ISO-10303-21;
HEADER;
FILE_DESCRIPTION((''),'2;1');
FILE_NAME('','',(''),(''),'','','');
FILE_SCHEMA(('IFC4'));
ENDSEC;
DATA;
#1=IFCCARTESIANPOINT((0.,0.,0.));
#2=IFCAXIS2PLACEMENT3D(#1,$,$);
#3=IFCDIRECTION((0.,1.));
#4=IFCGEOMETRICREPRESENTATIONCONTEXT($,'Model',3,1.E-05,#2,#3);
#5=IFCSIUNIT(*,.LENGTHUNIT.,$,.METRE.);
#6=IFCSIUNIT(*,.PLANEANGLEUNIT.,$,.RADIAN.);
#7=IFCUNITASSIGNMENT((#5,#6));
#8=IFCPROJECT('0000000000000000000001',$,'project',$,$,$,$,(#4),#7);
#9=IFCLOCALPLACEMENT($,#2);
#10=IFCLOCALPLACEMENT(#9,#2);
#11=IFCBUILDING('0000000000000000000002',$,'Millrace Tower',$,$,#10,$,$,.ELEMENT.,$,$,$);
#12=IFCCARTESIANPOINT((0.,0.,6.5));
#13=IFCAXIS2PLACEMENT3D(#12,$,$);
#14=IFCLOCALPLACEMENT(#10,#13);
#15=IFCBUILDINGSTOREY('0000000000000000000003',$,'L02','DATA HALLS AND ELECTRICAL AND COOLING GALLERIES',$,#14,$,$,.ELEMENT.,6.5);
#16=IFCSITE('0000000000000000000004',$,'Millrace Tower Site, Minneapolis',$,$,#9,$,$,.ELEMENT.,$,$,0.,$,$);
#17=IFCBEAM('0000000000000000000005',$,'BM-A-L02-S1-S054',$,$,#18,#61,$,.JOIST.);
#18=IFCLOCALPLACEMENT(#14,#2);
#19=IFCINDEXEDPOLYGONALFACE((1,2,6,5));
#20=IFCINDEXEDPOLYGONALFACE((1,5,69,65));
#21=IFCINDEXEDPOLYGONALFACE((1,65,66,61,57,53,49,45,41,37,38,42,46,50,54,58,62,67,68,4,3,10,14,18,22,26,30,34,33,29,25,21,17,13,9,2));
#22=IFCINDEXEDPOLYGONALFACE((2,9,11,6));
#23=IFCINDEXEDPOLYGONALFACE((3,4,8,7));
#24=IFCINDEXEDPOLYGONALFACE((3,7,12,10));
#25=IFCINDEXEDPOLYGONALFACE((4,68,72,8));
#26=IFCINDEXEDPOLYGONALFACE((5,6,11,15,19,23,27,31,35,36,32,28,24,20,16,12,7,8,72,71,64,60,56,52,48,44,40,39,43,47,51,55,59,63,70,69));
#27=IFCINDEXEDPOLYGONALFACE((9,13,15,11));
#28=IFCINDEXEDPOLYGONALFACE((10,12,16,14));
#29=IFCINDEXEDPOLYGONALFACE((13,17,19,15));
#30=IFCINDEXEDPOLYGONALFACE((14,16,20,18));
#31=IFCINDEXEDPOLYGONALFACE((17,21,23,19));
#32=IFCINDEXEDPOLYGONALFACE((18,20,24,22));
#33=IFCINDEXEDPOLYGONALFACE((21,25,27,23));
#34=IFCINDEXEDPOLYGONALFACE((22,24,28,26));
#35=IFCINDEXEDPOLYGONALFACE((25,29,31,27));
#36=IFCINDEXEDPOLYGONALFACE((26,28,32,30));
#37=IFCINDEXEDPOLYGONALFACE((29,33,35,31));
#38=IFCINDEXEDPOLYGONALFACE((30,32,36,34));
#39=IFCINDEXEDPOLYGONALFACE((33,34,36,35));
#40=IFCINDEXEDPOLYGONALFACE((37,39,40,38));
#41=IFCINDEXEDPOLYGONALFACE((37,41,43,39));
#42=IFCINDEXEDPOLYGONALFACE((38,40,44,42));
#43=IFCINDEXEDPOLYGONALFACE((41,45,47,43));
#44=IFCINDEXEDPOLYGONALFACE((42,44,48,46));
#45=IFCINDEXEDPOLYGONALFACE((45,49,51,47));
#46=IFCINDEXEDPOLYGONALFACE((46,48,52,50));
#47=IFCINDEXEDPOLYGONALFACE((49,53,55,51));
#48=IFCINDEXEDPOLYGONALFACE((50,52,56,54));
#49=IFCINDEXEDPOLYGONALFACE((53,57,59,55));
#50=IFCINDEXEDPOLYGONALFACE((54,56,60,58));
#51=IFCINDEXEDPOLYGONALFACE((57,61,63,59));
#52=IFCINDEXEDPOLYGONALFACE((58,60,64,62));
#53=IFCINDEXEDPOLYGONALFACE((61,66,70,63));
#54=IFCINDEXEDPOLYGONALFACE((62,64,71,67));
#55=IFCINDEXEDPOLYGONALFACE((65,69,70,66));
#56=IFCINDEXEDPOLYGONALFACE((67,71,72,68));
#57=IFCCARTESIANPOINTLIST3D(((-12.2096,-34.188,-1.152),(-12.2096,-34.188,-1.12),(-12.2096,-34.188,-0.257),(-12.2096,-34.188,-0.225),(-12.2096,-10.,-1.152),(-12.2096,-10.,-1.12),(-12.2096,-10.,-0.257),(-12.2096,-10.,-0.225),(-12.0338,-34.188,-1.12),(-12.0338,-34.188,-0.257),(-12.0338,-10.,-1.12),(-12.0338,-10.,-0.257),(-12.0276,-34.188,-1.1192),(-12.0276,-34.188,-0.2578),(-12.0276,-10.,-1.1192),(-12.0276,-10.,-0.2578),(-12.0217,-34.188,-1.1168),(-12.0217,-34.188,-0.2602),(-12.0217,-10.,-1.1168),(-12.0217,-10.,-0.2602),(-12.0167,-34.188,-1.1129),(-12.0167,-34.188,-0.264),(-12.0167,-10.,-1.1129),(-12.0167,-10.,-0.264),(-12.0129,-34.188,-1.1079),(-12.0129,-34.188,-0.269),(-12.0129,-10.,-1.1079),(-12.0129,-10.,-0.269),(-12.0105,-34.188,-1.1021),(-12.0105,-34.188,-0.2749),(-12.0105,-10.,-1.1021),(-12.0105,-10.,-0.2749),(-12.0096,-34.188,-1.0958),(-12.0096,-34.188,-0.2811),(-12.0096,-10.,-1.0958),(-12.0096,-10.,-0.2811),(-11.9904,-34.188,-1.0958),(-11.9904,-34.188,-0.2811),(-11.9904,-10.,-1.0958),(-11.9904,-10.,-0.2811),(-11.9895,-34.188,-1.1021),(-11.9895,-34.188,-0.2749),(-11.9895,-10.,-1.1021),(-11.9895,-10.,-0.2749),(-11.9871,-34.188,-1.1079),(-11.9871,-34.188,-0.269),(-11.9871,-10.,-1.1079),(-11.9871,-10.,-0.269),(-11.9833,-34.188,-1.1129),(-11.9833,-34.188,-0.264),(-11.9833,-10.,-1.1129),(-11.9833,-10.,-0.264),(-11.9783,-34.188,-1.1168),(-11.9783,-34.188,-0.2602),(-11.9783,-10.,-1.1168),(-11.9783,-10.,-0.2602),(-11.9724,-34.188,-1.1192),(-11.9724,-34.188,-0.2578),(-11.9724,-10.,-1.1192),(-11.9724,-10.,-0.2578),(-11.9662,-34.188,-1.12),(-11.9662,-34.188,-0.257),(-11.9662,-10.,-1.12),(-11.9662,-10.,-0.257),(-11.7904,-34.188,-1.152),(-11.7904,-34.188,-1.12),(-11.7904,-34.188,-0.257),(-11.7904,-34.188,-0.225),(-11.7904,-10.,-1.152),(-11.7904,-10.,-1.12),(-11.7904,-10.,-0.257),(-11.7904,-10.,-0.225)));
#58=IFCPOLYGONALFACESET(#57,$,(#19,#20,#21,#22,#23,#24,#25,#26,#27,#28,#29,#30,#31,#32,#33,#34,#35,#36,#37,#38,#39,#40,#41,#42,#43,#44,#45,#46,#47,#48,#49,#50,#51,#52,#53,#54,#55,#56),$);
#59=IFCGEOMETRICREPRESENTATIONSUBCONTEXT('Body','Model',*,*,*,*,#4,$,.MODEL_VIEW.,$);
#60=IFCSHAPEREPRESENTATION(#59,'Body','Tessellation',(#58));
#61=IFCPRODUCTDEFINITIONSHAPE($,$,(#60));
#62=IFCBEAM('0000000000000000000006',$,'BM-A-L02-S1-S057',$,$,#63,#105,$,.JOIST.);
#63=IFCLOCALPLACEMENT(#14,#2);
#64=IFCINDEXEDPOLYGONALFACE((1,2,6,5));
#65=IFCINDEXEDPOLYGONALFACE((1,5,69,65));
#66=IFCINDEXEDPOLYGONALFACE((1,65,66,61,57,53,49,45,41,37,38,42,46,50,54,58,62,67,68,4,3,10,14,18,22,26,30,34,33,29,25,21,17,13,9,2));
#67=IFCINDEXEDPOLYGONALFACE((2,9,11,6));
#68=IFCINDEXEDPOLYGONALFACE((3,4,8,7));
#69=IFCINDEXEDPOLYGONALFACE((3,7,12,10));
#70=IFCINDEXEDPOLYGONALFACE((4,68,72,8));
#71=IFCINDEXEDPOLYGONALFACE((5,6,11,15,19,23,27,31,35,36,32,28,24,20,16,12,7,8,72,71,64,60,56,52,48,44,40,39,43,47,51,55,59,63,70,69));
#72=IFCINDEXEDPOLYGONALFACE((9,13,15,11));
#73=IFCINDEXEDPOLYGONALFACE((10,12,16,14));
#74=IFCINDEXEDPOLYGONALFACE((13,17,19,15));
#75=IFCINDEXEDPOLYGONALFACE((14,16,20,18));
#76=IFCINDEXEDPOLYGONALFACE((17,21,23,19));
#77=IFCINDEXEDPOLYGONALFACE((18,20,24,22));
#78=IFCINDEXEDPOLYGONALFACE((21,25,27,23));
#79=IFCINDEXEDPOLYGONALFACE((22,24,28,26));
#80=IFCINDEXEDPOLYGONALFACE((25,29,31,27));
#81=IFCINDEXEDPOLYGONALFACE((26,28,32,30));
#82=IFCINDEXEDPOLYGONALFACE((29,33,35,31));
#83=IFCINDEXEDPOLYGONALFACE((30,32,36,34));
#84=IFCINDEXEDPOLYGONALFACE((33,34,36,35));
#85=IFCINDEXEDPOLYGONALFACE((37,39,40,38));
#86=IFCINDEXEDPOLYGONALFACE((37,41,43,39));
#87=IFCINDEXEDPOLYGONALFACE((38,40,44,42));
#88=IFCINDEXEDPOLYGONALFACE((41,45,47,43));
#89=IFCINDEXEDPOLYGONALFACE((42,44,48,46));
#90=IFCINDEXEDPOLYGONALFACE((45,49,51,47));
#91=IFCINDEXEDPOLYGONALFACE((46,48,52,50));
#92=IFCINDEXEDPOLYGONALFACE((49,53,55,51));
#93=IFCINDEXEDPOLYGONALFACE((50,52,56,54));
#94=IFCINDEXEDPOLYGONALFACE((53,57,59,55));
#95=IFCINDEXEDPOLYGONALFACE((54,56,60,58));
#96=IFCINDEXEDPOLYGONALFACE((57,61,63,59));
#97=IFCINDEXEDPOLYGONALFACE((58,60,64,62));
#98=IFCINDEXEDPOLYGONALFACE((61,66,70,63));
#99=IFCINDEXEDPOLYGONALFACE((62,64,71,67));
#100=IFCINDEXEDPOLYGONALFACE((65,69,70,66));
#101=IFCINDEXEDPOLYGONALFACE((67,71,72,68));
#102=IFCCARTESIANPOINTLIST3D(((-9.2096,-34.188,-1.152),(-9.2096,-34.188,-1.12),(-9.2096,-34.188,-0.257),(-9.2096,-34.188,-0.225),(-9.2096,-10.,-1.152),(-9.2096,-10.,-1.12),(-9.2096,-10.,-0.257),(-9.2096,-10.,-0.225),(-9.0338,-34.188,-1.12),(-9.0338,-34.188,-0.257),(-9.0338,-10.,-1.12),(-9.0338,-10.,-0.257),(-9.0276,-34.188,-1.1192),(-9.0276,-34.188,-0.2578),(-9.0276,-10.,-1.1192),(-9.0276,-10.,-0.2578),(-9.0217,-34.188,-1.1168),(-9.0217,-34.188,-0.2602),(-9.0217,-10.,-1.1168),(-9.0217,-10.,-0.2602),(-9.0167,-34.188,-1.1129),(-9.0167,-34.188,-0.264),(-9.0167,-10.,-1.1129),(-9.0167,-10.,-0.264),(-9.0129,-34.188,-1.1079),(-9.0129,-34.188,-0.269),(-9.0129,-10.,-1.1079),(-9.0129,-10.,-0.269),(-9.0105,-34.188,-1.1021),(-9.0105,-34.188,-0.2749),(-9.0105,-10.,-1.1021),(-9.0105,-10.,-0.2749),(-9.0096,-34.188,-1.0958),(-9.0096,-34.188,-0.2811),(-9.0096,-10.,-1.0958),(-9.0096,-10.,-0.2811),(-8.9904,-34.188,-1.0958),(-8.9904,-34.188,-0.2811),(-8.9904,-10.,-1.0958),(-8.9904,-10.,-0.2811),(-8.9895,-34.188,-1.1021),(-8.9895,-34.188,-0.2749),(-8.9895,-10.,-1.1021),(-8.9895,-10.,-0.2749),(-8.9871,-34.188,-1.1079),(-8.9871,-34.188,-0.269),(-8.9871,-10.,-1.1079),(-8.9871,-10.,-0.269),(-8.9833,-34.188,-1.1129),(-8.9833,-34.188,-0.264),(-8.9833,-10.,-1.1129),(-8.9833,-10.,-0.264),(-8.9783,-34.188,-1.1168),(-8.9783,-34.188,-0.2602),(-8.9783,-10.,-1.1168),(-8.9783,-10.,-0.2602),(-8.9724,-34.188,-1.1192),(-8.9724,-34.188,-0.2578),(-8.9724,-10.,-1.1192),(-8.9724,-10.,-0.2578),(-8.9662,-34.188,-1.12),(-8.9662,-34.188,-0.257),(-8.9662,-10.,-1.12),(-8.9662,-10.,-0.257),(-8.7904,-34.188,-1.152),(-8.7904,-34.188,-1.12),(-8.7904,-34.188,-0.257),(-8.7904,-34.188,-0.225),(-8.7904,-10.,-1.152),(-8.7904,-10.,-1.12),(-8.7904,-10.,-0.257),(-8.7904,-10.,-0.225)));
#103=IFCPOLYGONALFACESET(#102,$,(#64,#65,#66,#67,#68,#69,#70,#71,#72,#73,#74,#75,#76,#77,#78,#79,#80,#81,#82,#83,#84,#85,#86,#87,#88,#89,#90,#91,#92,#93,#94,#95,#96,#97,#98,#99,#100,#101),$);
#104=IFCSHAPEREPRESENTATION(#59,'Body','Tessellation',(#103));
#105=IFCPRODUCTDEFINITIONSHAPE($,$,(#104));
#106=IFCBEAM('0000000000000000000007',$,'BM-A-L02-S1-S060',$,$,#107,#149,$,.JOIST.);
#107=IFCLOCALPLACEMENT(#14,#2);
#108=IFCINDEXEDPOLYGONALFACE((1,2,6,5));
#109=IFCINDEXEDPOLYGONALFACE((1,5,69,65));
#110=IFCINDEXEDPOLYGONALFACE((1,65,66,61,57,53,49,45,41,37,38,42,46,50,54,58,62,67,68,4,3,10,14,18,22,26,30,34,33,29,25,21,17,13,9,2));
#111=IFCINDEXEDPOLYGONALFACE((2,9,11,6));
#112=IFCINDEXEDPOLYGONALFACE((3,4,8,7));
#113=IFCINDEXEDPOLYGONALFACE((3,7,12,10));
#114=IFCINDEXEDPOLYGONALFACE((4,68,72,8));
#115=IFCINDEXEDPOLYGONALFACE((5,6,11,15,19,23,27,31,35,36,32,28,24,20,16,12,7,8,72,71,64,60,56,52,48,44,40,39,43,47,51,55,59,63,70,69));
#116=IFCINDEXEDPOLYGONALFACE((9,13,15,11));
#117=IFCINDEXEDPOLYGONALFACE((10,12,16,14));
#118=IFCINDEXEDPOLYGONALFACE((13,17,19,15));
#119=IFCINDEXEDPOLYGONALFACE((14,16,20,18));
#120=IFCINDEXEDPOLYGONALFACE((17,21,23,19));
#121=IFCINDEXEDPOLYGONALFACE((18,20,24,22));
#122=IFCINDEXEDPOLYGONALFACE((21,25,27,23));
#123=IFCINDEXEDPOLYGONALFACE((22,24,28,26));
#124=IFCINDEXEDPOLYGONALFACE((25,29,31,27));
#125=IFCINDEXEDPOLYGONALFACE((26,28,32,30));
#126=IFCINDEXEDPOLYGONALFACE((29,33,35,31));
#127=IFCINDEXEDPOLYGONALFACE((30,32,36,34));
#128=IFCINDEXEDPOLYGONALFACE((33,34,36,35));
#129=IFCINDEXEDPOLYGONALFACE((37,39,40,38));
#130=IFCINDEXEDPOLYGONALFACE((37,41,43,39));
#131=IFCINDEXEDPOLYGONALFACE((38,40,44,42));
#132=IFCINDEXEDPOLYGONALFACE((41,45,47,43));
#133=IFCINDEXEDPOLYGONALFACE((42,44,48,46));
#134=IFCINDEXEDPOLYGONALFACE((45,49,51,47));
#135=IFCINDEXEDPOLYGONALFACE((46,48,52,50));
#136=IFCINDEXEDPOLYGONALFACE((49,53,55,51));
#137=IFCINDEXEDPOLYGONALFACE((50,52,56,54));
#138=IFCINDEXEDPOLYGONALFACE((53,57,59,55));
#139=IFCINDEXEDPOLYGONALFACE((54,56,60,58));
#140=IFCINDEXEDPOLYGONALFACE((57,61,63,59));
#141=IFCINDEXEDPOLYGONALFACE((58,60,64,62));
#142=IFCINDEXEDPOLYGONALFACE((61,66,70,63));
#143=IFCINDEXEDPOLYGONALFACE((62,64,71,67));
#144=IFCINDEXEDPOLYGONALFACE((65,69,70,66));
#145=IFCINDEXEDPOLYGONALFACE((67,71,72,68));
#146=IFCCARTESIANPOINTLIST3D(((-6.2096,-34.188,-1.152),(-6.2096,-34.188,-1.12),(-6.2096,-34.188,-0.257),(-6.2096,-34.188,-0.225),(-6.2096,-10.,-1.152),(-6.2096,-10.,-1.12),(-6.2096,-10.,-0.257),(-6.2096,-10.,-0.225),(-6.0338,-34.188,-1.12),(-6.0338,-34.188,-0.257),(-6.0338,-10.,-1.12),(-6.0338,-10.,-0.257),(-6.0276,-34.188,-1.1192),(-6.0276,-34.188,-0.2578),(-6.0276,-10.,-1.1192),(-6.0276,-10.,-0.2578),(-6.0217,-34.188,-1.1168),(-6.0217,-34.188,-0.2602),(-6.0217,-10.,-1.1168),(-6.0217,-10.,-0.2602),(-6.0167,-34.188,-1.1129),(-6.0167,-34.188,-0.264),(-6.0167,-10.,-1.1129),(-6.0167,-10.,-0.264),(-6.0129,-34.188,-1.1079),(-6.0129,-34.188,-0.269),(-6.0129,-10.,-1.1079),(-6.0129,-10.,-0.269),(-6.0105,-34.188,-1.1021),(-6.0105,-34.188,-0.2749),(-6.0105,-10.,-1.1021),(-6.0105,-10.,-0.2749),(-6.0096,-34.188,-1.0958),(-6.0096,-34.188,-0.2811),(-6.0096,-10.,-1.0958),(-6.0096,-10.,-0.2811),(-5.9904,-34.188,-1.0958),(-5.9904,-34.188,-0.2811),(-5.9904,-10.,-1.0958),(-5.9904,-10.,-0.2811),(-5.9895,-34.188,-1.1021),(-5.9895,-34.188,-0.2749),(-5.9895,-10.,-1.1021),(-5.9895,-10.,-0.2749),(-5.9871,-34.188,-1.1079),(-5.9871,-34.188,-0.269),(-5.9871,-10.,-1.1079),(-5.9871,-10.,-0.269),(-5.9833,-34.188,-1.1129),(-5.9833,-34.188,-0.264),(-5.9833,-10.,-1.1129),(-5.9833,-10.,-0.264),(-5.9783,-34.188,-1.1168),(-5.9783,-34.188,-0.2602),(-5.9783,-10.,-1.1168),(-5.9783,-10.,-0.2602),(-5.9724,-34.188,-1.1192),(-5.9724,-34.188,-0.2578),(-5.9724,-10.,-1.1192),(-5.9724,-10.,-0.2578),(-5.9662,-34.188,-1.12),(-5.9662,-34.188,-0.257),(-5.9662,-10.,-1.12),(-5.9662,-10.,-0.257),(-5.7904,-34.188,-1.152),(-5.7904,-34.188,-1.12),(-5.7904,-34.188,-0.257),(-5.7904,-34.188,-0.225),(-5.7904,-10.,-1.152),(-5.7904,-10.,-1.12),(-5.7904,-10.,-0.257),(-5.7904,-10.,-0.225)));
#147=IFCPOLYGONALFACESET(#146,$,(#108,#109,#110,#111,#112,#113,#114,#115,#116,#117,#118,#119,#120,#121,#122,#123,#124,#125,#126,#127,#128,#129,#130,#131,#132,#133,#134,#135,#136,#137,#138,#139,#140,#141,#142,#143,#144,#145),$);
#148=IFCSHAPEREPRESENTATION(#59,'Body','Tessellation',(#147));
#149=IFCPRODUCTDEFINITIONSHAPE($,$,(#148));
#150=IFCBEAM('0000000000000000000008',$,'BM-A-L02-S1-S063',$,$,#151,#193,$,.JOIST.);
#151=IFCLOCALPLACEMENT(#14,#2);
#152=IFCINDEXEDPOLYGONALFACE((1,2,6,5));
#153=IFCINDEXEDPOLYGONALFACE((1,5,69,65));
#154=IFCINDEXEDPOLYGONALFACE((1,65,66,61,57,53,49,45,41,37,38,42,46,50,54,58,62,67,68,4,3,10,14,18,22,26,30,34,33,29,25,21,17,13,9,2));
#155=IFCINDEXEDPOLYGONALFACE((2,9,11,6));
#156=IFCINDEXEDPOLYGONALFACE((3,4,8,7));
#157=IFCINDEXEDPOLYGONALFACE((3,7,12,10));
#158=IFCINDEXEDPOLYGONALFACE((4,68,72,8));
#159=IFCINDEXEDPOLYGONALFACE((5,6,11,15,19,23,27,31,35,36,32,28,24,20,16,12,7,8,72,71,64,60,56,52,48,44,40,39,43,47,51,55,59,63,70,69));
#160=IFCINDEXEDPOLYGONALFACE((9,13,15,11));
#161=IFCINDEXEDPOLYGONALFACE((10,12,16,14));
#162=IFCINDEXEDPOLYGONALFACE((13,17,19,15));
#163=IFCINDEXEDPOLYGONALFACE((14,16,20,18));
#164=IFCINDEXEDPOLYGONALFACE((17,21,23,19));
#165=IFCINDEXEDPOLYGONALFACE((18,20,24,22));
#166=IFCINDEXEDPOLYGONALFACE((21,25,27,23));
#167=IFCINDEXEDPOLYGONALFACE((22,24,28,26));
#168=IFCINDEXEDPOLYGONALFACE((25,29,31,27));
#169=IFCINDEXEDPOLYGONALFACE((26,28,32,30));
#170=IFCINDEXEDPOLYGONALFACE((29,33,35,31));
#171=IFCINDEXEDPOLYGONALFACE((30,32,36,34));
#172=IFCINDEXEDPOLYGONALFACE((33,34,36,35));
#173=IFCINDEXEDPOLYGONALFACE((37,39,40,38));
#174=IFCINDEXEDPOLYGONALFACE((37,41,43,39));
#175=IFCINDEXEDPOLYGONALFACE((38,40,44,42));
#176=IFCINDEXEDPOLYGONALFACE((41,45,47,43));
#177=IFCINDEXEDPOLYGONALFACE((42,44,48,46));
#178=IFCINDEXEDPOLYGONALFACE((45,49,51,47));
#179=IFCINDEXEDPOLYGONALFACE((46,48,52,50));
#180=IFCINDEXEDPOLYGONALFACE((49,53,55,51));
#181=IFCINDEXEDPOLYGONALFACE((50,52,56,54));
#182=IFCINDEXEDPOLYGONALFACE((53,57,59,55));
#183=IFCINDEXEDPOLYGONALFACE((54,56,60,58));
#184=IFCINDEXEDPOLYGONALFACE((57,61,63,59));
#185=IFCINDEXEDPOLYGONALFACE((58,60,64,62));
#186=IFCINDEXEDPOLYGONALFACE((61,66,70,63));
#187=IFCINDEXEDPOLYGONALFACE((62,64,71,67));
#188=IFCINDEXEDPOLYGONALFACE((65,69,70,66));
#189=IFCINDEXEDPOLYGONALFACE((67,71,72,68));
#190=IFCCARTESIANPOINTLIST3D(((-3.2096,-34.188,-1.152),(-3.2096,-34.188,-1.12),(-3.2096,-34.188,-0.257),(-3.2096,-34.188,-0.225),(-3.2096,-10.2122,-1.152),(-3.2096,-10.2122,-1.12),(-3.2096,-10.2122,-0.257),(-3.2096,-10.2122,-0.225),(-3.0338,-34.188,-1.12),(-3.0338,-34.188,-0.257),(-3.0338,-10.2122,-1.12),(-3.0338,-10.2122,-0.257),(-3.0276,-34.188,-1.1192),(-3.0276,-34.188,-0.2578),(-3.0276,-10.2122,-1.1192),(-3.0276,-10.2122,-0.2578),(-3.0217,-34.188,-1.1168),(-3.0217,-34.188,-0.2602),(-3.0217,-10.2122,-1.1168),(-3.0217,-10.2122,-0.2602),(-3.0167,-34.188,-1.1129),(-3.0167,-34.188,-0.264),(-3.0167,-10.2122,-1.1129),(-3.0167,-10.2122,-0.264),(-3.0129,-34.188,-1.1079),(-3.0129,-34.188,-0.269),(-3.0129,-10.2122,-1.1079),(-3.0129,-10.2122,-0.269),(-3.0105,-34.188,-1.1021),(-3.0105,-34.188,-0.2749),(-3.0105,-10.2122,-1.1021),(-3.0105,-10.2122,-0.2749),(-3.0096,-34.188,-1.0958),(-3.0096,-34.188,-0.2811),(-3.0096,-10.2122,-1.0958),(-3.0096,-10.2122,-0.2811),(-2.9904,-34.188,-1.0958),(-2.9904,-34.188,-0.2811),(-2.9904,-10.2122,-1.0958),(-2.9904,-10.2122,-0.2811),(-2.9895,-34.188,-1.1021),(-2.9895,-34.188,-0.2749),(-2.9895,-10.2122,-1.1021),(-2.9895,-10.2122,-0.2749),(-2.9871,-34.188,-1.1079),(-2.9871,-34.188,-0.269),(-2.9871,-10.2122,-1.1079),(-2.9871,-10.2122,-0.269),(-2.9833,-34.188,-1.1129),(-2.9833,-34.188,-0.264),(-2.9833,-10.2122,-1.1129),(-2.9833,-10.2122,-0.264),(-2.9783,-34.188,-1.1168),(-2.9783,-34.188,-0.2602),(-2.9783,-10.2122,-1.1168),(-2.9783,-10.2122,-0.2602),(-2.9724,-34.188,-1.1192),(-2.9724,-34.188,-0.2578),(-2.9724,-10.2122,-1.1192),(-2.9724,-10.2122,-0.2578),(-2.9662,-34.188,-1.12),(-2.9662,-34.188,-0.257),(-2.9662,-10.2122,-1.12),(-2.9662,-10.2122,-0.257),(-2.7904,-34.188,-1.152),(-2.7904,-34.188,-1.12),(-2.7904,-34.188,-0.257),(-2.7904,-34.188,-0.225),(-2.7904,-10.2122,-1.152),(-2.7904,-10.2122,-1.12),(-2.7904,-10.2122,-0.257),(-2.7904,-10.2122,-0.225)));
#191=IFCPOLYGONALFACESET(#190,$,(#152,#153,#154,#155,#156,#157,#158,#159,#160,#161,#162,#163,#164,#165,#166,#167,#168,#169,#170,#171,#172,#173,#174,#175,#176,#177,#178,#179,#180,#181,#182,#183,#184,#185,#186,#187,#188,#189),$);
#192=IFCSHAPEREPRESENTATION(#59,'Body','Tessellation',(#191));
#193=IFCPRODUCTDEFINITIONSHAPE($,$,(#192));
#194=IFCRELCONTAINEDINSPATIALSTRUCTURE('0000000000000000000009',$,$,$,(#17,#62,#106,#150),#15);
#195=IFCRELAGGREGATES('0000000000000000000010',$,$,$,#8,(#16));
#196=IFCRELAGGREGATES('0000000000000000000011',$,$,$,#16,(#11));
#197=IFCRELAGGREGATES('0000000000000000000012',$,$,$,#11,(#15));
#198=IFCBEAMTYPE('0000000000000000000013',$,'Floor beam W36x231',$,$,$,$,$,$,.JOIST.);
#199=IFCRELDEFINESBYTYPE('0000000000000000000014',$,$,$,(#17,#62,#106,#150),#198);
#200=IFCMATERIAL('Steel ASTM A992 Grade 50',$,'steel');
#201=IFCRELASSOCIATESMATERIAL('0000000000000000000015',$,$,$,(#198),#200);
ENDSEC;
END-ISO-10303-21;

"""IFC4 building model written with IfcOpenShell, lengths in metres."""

from ifc_helpers import new_model, si_unit, direction, frame, origin, origin_2d, place, context, subcontext, project, spatial, i_section, extrude, material, material_profile, profile_set, type_object, element, save


model = new_model("IFC4")

# Units and contexts
model_context = context("Model", 3, precision=1e-05, world=origin(), true_north=direction((0.0, 1.0)))
body_context = subcontext(model_context, "Body", "Model", "MODEL_VIEW")
ifc_project = project(units=[si_unit("LENGTHUNIT", "METRE"), si_unit("PLANEANGLEUNIT", "RADIAN")], contexts=[model_context])

# Site, building, storey
site_placement = place(None, origin())
site = spatial("IfcSite", under=ifc_project, at=site_placement, Name="Millrace Tower Site, Minneapolis", CompositionType="ELEMENT", RefElevation=0.0)
building_placement = place(site_placement, origin())
building = spatial("IfcBuilding", under=site, at=building_placement, Name="Millrace Tower", CompositionType="ELEMENT")
storey_placement = place(building_placement, frame((0.0, 0.0, 6.5)))
storey = spatial("IfcBuildingStorey", under=building, at=storey_placement, Name="L02", Description="DATA HALLS AND ELECTRICAL AND COOLING GALLERIES", CompositionType="ELEMENT", Elevation=6.5)

# Beams
ifc_material_1 = material(Name="Steel ASTM A992 Grade 50", Category="steel")
ifc_material_profile_1 = material_profile(ifc_material_1, i_section(OverallWidth=0.4192, OverallDepth=0.927, WebThickness=0.0193, FlangeThickness=0.032, FilletRadius=0.0242, at=origin_2d()))
ifc_profile_set_1 = profile_set([ifc_material_profile_1], Name="Steel ASTM A992 Grade 50")
beam_type_1 = type_object("IfcBeamType", Name="Floor beam W36x231", PredefinedType="JOIST", material=ifc_profile_set_1)
for number, where, z_axis, x_axis, name in (
    (1, (-12.0, -34.188, -0.6885), (0.0, 1.0, 0.0), (-1.0, 0.0, 0.0), "BM-A-L02-S1-S054"),
    (2, (-9.0, -34.188, -0.6885), (0.0, 1.0, 0.0), (-1.0, 0.0, 0.0), "BM-A-L02-S1-S057"),
    (3, (-6.0, -34.188, -0.6885), (0.0, 1.0, 0.0), (-1.0, 0.0, 0.0), "BM-A-L02-S1-S060"),
):
    element("IfcBeam", number, at=place(storey_placement, frame(where, z_axis=z_axis, x_axis=x_axis)), inside=storey, type_object=beam_type_1, Name=name, PredefinedType="JOIST", context=body_context, shape_type="SweptSolid", body=[
        extrude(i_section(OverallWidth=0.4192, OverallDepth=0.927, WebThickness=0.0193, FlangeThickness=0.032, FilletRadius=0.0242, at=origin_2d()), origin(), (0.0, 0.0, 1.0), 24.188),
    ])
beam_1_placement = place(storey_placement, frame((-3.0, -34.188, -0.6885), z_axis=(0.0, 1.0, 0.0), x_axis=(-1.0, 0.0, 0.0)))
element("IfcBeam", 4, at=beam_1_placement, inside=storey, type_object=beam_type_1, Name="BM-A-L02-S1-S063", PredefinedType="JOIST", context=body_context, shape_type="SweptSolid", body=[
    extrude(i_section(OverallWidth=0.4192, OverallDepth=0.927, WebThickness=0.0193, FlangeThickness=0.032, FilletRadius=0.0242, at=origin_2d()), origin(), (0.0, 0.0, 1.0), 23.9758),
])

save(model, "model.ifc")
